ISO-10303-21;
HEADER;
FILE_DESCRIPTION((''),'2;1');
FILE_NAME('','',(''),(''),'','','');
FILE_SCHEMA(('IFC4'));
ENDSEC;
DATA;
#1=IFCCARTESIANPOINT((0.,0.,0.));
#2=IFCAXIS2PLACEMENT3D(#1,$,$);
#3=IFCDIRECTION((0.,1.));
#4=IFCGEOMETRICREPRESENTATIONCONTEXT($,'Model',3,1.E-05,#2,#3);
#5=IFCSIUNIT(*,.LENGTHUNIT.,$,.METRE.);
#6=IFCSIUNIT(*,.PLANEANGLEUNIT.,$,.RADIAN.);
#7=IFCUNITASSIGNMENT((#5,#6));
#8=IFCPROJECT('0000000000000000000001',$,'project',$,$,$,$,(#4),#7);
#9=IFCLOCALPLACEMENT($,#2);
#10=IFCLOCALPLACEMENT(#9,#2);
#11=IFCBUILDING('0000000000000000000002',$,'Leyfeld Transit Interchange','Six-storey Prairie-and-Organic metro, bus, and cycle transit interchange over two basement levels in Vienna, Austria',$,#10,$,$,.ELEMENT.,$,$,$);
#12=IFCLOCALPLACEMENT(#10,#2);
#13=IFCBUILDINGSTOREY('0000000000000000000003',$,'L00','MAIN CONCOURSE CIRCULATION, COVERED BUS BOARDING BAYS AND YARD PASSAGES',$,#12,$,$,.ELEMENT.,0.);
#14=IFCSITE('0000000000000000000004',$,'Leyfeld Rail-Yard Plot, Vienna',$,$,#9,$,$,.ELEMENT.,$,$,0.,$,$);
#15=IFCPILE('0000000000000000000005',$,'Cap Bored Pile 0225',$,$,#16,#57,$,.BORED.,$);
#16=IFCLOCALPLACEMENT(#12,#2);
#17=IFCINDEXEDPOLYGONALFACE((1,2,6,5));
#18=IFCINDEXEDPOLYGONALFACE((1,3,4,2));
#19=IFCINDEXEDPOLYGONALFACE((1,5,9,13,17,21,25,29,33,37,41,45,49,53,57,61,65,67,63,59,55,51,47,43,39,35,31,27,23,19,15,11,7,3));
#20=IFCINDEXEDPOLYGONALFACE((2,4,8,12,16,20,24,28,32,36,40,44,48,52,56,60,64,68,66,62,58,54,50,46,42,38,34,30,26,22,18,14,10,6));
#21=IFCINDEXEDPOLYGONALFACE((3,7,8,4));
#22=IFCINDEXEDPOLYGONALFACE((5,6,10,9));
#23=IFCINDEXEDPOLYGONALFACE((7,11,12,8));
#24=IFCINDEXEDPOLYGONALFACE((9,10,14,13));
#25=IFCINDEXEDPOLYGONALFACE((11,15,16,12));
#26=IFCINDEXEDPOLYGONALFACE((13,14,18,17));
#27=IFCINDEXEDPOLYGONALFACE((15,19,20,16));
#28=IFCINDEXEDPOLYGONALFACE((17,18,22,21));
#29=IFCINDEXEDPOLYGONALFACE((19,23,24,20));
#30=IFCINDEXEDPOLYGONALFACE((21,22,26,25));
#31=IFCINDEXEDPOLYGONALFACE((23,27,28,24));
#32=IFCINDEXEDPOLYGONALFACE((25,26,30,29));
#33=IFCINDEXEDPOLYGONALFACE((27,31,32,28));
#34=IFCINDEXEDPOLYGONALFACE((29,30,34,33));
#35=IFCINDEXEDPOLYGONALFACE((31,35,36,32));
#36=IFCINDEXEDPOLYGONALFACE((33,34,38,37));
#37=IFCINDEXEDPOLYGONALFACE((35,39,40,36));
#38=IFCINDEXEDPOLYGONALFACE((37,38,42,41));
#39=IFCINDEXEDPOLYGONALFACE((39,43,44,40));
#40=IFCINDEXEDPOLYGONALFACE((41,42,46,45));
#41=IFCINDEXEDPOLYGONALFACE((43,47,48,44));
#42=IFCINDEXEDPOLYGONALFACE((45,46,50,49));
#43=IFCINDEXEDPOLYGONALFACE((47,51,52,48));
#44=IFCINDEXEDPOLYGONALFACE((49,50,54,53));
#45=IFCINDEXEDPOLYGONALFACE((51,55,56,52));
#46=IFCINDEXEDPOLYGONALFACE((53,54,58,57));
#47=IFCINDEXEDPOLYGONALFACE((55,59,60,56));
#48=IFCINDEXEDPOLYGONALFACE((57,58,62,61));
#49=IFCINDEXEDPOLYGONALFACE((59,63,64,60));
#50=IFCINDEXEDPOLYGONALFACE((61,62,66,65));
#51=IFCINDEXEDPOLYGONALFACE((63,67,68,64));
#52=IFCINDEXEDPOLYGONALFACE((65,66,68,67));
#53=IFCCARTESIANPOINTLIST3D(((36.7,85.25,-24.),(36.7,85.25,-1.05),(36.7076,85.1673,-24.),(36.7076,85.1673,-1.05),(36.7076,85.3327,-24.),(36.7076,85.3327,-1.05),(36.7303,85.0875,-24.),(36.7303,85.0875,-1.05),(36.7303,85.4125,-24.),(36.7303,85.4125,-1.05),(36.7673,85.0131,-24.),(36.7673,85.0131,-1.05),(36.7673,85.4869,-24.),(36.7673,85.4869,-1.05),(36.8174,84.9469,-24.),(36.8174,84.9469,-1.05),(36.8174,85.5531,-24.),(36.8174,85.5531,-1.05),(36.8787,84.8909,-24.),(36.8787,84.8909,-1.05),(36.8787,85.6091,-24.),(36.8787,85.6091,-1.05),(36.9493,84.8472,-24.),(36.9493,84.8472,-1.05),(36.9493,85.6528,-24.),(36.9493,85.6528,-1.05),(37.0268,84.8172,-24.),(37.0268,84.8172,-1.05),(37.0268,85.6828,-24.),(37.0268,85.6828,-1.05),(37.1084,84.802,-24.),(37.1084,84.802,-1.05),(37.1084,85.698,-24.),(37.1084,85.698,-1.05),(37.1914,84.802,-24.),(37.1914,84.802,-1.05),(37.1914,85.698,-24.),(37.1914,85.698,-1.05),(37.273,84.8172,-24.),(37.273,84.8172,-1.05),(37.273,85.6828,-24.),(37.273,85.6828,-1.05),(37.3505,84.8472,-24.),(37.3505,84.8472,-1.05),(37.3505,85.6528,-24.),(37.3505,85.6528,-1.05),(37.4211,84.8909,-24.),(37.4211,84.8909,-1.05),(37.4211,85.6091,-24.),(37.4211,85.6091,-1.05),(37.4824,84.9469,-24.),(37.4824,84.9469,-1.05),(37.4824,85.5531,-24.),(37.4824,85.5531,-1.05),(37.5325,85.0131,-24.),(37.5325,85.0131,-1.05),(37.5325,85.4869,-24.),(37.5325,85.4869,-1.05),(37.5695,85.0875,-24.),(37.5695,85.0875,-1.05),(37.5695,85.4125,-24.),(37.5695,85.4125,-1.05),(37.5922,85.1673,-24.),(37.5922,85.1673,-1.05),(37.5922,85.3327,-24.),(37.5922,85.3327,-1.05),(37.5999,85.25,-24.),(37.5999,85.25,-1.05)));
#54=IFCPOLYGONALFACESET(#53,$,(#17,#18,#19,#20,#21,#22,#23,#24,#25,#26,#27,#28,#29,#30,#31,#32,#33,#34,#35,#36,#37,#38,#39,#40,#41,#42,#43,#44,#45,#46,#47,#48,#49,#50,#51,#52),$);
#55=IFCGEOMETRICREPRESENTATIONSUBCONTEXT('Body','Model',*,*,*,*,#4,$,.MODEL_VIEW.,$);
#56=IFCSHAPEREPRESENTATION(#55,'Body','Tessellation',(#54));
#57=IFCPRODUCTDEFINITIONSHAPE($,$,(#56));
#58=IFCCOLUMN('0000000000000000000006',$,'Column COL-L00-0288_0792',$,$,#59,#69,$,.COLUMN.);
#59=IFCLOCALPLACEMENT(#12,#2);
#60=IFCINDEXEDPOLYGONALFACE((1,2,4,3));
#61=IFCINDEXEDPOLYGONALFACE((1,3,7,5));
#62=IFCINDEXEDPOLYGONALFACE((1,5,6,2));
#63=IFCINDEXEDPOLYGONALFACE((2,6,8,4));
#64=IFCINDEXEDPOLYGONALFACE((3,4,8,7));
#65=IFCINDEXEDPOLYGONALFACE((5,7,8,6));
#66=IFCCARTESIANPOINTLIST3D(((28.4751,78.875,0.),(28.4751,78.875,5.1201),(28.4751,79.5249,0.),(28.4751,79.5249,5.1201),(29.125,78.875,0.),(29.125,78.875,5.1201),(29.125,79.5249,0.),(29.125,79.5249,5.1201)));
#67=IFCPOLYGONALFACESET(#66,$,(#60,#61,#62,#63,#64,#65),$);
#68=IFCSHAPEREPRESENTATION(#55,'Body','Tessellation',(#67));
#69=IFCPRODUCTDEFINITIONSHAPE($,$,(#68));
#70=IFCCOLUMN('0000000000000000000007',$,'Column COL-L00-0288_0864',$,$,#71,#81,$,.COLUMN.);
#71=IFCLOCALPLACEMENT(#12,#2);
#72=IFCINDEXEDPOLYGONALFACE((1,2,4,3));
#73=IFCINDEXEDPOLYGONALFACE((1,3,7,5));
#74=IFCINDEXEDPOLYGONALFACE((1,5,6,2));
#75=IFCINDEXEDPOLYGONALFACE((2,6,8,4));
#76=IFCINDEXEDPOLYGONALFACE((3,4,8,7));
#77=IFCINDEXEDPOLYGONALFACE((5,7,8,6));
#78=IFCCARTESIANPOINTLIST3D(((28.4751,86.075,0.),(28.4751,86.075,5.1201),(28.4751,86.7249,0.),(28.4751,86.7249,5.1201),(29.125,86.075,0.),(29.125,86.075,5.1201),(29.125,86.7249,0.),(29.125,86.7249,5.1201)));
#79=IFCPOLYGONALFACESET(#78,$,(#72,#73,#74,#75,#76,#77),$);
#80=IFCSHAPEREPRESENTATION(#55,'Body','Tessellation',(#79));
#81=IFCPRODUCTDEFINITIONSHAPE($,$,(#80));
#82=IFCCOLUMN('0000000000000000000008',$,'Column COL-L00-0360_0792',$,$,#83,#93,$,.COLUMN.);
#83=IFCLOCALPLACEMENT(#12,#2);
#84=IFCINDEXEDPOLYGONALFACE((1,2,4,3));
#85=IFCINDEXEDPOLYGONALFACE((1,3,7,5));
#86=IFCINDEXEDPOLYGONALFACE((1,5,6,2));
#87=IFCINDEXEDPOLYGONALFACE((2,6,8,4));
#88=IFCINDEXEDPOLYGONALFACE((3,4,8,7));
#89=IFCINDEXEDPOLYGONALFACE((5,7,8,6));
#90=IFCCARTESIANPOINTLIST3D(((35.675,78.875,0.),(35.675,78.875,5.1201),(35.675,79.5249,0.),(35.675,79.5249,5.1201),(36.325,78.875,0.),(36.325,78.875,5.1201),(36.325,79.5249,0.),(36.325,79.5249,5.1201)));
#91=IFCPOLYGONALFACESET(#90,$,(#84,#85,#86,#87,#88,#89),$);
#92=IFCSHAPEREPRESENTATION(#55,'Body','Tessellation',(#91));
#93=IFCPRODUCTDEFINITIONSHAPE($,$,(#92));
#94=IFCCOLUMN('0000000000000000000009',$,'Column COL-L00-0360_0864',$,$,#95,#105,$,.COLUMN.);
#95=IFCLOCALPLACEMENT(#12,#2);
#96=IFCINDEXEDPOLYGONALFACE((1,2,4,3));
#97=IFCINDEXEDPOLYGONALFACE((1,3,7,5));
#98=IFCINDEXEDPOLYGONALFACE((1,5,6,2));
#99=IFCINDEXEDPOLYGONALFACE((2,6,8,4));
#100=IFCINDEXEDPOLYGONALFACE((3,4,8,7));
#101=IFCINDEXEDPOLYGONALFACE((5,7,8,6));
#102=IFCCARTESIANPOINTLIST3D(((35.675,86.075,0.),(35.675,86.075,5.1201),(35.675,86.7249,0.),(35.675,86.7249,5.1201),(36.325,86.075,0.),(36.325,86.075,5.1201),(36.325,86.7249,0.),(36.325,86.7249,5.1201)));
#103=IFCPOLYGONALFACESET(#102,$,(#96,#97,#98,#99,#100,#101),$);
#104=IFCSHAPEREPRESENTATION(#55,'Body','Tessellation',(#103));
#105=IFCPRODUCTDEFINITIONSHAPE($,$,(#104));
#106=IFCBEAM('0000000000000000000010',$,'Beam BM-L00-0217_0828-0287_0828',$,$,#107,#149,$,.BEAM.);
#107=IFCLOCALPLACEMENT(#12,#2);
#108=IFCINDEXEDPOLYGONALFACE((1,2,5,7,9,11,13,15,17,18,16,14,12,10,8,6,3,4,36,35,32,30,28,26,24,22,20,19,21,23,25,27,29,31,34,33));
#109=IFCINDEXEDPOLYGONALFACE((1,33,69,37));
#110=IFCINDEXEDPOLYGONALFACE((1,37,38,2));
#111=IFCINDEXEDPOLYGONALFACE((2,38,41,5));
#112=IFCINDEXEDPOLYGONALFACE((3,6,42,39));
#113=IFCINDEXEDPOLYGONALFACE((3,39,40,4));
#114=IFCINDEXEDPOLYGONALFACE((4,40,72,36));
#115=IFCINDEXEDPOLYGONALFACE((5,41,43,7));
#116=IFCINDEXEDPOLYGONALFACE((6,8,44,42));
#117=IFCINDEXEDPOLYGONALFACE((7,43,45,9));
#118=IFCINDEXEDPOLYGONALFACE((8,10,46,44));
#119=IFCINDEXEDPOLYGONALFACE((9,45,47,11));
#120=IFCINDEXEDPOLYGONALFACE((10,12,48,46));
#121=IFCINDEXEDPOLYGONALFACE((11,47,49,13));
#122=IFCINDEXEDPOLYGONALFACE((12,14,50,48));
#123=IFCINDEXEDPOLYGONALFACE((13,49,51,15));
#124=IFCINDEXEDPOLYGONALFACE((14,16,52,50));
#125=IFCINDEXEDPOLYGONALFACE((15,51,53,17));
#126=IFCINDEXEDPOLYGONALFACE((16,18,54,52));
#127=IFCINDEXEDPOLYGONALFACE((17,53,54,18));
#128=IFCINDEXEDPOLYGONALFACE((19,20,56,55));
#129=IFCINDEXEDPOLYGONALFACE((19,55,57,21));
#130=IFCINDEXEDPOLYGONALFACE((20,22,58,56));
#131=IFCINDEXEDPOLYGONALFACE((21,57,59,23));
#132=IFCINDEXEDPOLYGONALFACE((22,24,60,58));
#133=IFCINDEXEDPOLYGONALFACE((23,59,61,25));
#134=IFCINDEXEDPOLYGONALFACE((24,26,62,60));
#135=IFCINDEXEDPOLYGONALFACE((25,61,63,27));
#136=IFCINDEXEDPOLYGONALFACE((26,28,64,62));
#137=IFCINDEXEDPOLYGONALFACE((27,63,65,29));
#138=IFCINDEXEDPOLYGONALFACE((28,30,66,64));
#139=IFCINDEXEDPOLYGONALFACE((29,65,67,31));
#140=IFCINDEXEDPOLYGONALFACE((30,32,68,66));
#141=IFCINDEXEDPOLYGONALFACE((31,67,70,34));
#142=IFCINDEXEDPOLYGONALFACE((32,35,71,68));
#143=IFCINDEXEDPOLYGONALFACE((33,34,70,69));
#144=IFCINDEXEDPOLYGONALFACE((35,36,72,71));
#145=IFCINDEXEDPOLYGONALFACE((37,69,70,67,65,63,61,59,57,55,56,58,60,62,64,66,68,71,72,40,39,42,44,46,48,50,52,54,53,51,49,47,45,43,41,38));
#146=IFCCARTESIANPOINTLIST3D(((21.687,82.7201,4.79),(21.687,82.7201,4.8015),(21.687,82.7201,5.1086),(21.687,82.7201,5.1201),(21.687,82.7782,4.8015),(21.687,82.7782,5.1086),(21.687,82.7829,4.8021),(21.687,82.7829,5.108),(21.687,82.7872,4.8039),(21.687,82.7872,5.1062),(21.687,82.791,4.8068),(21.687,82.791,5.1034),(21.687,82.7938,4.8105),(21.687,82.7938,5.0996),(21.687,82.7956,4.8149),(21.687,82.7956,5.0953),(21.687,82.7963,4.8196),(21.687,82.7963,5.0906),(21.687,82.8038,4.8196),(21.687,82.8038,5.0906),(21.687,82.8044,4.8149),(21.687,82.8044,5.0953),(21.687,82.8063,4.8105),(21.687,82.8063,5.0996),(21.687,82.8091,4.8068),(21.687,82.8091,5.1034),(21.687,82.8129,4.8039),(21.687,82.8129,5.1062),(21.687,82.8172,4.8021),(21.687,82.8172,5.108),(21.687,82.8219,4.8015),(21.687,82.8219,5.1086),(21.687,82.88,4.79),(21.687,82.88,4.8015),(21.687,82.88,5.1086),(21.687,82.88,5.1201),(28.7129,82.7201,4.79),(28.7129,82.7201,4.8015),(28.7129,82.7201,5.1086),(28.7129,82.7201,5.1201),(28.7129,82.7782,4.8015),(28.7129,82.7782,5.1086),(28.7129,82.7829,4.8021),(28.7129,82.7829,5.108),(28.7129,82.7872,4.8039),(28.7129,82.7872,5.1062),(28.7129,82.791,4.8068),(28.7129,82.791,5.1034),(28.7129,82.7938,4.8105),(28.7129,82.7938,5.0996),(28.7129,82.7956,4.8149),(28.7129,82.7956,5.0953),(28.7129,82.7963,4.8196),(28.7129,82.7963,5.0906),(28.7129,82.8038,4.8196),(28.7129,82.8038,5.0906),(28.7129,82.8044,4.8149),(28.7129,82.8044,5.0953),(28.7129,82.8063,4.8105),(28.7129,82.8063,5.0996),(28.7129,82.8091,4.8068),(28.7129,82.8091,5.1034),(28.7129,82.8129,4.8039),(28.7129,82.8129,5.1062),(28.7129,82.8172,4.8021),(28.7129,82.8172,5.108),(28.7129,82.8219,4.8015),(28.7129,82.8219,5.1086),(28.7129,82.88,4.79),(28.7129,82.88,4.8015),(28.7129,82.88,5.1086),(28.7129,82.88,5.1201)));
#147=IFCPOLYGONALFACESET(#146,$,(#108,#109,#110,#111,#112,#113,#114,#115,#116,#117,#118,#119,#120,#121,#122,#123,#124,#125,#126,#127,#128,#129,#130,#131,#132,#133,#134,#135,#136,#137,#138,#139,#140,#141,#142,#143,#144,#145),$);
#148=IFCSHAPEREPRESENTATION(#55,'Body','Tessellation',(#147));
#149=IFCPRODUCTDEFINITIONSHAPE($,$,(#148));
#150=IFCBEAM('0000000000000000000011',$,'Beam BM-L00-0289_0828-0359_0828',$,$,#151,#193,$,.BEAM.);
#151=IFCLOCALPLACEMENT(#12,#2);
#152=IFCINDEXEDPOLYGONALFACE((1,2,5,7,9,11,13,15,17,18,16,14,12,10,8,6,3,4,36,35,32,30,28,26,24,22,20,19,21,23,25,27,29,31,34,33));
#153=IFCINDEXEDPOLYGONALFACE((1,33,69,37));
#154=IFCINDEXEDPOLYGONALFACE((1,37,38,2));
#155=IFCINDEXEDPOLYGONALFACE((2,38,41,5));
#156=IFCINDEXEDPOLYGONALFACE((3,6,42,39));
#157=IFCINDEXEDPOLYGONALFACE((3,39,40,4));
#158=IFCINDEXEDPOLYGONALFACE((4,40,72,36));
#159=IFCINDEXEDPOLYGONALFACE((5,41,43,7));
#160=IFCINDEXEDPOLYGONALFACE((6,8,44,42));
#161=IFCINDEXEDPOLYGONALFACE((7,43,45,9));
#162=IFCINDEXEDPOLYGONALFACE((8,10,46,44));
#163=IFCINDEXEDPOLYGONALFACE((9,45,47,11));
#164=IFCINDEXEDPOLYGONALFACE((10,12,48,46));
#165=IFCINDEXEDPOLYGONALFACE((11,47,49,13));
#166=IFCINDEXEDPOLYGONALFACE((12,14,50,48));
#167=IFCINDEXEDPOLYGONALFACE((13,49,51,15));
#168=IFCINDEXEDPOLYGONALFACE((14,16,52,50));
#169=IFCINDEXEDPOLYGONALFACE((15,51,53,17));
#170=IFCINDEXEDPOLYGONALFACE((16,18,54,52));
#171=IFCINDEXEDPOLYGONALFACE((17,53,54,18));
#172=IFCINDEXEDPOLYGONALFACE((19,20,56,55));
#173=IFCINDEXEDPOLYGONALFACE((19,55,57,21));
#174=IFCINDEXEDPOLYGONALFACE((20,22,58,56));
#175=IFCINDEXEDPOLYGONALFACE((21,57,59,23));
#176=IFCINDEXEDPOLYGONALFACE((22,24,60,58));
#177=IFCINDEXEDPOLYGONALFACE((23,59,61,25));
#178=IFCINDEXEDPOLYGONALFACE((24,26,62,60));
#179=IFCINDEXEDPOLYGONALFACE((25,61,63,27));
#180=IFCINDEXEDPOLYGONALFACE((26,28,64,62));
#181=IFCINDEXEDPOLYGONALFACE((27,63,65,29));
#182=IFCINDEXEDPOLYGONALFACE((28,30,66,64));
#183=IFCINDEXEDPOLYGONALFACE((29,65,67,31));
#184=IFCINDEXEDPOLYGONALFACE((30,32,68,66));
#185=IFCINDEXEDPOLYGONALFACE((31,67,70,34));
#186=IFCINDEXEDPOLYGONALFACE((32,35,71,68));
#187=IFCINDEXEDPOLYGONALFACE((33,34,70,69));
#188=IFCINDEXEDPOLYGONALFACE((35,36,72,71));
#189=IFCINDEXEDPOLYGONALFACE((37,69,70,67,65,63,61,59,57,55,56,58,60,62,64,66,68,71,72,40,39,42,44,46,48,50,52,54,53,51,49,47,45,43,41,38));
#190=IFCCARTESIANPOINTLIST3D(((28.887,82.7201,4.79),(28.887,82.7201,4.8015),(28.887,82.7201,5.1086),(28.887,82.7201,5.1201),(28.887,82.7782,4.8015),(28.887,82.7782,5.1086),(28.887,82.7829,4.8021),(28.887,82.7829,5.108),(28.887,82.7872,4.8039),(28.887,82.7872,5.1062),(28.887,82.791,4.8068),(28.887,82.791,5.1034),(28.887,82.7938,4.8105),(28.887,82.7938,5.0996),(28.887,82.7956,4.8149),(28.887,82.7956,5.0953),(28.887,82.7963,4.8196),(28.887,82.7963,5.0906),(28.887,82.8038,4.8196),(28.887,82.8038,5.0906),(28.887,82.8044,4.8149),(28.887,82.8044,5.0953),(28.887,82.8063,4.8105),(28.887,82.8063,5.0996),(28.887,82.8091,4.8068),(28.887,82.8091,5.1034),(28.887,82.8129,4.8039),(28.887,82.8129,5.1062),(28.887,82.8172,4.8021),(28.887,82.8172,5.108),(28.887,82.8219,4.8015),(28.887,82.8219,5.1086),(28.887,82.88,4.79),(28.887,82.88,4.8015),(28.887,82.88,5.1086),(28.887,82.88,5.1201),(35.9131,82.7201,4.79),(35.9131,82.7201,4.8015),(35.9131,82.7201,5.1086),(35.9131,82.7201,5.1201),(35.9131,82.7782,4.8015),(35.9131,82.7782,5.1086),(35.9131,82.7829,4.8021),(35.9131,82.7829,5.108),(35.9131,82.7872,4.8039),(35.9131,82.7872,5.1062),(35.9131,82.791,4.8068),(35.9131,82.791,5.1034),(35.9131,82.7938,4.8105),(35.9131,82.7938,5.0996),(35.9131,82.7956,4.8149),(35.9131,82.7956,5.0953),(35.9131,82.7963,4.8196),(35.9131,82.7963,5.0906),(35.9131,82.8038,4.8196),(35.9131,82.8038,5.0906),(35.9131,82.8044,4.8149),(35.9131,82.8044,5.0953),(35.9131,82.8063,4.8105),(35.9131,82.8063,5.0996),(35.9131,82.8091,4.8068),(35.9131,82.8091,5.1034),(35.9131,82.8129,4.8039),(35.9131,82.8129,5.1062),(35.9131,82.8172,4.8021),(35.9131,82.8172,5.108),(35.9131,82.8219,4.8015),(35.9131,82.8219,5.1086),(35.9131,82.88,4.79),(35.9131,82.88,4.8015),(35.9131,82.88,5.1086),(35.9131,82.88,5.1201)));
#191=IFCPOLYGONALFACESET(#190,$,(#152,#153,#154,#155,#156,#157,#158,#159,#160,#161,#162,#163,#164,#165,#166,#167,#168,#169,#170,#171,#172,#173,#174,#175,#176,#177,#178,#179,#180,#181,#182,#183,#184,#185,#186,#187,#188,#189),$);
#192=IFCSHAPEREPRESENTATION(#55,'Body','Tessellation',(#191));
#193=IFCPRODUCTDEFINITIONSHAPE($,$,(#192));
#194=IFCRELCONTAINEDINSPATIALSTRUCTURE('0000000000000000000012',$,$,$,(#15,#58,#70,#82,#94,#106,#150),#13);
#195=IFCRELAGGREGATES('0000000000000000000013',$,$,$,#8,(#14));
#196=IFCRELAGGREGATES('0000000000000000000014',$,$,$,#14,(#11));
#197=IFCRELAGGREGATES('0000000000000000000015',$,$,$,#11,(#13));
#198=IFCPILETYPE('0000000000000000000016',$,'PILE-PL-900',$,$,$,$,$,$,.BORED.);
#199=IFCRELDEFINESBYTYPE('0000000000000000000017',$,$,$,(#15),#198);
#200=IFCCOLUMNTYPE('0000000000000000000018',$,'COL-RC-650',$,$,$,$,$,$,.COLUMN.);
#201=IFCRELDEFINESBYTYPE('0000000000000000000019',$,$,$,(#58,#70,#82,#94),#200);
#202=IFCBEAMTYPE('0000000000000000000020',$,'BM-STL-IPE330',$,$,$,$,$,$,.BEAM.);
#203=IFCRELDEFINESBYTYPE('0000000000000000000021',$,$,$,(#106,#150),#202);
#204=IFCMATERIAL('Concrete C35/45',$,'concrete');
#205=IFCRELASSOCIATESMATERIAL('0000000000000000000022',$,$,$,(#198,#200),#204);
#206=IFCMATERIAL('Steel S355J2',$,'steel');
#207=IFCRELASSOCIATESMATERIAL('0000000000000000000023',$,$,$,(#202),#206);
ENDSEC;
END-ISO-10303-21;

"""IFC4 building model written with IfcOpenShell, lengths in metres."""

from ifc_helpers import new_model, si_unit, direction, frame, origin, origin_2d, place, context, subcontext, project, spatial, rectangle, circle, i_section, extrude, material, material_profile, profile_set, type_object, element, save


model = new_model("IFC4")

# Units and contexts
model_context = context("Model", 3, precision=1e-05, world=origin(), true_north=direction((0.0, 1.0)))
body_context = subcontext(model_context, "Body", "Model", "MODEL_VIEW")
ifc_project = project(units=[si_unit("LENGTHUNIT", "METRE"), si_unit("PLANEANGLEUNIT", "RADIAN")], contexts=[model_context])

# Site, building, storey
site_placement = place(None, origin())
site = spatial("IfcSite", under=ifc_project, at=site_placement, Name="Leyfeld Rail-Yard Plot, Vienna", CompositionType="ELEMENT", RefElevation=0.0)
building_placement = place(site_placement, origin())
building = spatial("IfcBuilding", under=site, at=building_placement, Name="Leyfeld Transit Interchange", Description="Six-storey Prairie-and-Organic metro, bus, and cycle transit interchange over two basement levels in Vienna, Austria", CompositionType="ELEMENT")
storey_placement = place(building_placement, origin())
storey = spatial("IfcBuildingStorey", under=building, at=storey_placement, Name="L00", Description="MAIN CONCOURSE CIRCULATION, COVERED BUS BOARDING BAYS AND YARD PASSAGES", CompositionType="ELEMENT", Elevation=0.0)

# Shared definitions
ifc_material_1 = material(Name="Concrete C35/45", Category="concrete")

# Pile
ifc_material_profile_1 = material_profile(ifc_material_1, circle(Radius=0.45, at=origin_2d()), Name="PILE D900")
ifc_profile_set_1 = profile_set([ifc_material_profile_1], Name="Concrete C35/45")
pile_type = type_object("IfcPileType", Name="PILE-PL-900", PredefinedType="BORED", material=ifc_profile_set_1)
for number, where, z_axis, x_axis, name in (
    (1, (37.1499, 85.25, -1.05), (0.0, 0.0, -1.0), (1.0, 0.0, 0.0), "Cap Bored Pile 0225"),
):
    element("IfcPile", number, at=place(storey_placement, frame(where, z_axis=z_axis, x_axis=x_axis)), inside=storey, type_object=pile_type, Name=name, PredefinedType="BORED", context=body_context, shape_type="SweptSolid", body=[
        extrude(circle(Radius=0.45, at=origin_2d()), origin(), (0.0, 0.0, 1.0), 22.95),
    ])

# Columns
ifc_material_profile_2 = material_profile(ifc_material_1, rectangle(XDim=0.6499, YDim=0.6499, at=origin_2d()), Name="RC 650x650")
ifc_profile_set_2 = profile_set([ifc_material_profile_2], Name="Concrete C35/45")
column_type = type_object("IfcColumnType", Name="COL-RC-650", PredefinedType="COLUMN", material=ifc_profile_set_2)
for number, where, z_axis, x_axis, name in (
    (2, (28.8, 79.2, 0.0), (0.0, 0.0, 1.0), (1.0, 0.0, 0.0), "Column COL-L00-0288_0792"),
    (3, (28.8, 86.3999, 0.0), (0.0, 0.0, 1.0), (1.0, 0.0, 0.0), "Column COL-L00-0288_0864"),
    (4, (36.0, 79.2, 0.0), (0.0, 0.0, 1.0), (1.0, 0.0, 0.0), "Column COL-L00-0360_0792"),
    (5, (36.0, 86.3999, 0.0), (0.0, 0.0, 1.0), (1.0, 0.0, 0.0), "Column COL-L00-0360_0864"),
):
    element("IfcColumn", number, at=place(storey_placement, frame(where, z_axis=z_axis, x_axis=x_axis)), inside=storey, type_object=column_type, Name=name, PredefinedType="COLUMN", context=body_context, shape_type="SweptSolid", body=[
        extrude(rectangle(XDim=0.6499, YDim=0.6499, at=origin_2d()), origin(), (0.0, 0.0, 1.0), 5.1201),
    ])

# Beams
ifc_material_2 = material(Name="Steel S355J2", Category="steel")
ifc_material_profile_3 = material_profile(ifc_material_2, i_section(OverallWidth=0.1599, OverallDepth=0.3301, WebThickness=0.0076, FlangeThickness=0.0115, FilletRadius=0.0181, at=origin_2d()), Name="IPE 330")
ifc_profile_set_3 = profile_set([ifc_material_profile_3], Name="Steel S355J2")
beam_type_1 = type_object("IfcBeamType", Name="BM-STL-IPE330", PredefinedType="BEAM", material=ifc_profile_set_3)
beam_1_placement = place(storey_placement, frame((21.687, 82.8, 4.9551), z_axis=(1.0, 0.0, 0.0), x_axis=(0.0, 1.0, 0.0)))
element("IfcBeam", 6, at=beam_1_placement, inside=storey, type_object=beam_type_1, Name="Beam BM-L00-0217_0828-0287_0828", PredefinedType="BEAM", context=body_context, shape_type="SweptSolid", body=[
    extrude(i_section(OverallWidth=0.1599, OverallDepth=0.3301, WebThickness=0.0076, FlangeThickness=0.0115, FilletRadius=0.0181, at=origin_2d()), origin(), (0.0, 0.0, 1.0), 7.0259),
])
beam_2_placement = place(storey_placement, frame((28.887, 82.8, 4.9551), z_axis=(1.0, 0.0, 0.0), x_axis=(0.0, 1.0, 0.0)))
element("IfcBeam", 7, at=beam_2_placement, inside=storey, type_object=beam_type_1, Name="Beam BM-L00-0289_0828-0359_0828", PredefinedType="BEAM", context=body_context, shape_type="SweptSolid", body=[
    extrude(i_section(OverallWidth=0.1599, OverallDepth=0.3301, WebThickness=0.0076, FlangeThickness=0.0115, FilletRadius=0.0181, at=origin_2d()), origin(), (0.0, 0.0, 1.0), 7.0261),
])

save(model, "model.ifc")
